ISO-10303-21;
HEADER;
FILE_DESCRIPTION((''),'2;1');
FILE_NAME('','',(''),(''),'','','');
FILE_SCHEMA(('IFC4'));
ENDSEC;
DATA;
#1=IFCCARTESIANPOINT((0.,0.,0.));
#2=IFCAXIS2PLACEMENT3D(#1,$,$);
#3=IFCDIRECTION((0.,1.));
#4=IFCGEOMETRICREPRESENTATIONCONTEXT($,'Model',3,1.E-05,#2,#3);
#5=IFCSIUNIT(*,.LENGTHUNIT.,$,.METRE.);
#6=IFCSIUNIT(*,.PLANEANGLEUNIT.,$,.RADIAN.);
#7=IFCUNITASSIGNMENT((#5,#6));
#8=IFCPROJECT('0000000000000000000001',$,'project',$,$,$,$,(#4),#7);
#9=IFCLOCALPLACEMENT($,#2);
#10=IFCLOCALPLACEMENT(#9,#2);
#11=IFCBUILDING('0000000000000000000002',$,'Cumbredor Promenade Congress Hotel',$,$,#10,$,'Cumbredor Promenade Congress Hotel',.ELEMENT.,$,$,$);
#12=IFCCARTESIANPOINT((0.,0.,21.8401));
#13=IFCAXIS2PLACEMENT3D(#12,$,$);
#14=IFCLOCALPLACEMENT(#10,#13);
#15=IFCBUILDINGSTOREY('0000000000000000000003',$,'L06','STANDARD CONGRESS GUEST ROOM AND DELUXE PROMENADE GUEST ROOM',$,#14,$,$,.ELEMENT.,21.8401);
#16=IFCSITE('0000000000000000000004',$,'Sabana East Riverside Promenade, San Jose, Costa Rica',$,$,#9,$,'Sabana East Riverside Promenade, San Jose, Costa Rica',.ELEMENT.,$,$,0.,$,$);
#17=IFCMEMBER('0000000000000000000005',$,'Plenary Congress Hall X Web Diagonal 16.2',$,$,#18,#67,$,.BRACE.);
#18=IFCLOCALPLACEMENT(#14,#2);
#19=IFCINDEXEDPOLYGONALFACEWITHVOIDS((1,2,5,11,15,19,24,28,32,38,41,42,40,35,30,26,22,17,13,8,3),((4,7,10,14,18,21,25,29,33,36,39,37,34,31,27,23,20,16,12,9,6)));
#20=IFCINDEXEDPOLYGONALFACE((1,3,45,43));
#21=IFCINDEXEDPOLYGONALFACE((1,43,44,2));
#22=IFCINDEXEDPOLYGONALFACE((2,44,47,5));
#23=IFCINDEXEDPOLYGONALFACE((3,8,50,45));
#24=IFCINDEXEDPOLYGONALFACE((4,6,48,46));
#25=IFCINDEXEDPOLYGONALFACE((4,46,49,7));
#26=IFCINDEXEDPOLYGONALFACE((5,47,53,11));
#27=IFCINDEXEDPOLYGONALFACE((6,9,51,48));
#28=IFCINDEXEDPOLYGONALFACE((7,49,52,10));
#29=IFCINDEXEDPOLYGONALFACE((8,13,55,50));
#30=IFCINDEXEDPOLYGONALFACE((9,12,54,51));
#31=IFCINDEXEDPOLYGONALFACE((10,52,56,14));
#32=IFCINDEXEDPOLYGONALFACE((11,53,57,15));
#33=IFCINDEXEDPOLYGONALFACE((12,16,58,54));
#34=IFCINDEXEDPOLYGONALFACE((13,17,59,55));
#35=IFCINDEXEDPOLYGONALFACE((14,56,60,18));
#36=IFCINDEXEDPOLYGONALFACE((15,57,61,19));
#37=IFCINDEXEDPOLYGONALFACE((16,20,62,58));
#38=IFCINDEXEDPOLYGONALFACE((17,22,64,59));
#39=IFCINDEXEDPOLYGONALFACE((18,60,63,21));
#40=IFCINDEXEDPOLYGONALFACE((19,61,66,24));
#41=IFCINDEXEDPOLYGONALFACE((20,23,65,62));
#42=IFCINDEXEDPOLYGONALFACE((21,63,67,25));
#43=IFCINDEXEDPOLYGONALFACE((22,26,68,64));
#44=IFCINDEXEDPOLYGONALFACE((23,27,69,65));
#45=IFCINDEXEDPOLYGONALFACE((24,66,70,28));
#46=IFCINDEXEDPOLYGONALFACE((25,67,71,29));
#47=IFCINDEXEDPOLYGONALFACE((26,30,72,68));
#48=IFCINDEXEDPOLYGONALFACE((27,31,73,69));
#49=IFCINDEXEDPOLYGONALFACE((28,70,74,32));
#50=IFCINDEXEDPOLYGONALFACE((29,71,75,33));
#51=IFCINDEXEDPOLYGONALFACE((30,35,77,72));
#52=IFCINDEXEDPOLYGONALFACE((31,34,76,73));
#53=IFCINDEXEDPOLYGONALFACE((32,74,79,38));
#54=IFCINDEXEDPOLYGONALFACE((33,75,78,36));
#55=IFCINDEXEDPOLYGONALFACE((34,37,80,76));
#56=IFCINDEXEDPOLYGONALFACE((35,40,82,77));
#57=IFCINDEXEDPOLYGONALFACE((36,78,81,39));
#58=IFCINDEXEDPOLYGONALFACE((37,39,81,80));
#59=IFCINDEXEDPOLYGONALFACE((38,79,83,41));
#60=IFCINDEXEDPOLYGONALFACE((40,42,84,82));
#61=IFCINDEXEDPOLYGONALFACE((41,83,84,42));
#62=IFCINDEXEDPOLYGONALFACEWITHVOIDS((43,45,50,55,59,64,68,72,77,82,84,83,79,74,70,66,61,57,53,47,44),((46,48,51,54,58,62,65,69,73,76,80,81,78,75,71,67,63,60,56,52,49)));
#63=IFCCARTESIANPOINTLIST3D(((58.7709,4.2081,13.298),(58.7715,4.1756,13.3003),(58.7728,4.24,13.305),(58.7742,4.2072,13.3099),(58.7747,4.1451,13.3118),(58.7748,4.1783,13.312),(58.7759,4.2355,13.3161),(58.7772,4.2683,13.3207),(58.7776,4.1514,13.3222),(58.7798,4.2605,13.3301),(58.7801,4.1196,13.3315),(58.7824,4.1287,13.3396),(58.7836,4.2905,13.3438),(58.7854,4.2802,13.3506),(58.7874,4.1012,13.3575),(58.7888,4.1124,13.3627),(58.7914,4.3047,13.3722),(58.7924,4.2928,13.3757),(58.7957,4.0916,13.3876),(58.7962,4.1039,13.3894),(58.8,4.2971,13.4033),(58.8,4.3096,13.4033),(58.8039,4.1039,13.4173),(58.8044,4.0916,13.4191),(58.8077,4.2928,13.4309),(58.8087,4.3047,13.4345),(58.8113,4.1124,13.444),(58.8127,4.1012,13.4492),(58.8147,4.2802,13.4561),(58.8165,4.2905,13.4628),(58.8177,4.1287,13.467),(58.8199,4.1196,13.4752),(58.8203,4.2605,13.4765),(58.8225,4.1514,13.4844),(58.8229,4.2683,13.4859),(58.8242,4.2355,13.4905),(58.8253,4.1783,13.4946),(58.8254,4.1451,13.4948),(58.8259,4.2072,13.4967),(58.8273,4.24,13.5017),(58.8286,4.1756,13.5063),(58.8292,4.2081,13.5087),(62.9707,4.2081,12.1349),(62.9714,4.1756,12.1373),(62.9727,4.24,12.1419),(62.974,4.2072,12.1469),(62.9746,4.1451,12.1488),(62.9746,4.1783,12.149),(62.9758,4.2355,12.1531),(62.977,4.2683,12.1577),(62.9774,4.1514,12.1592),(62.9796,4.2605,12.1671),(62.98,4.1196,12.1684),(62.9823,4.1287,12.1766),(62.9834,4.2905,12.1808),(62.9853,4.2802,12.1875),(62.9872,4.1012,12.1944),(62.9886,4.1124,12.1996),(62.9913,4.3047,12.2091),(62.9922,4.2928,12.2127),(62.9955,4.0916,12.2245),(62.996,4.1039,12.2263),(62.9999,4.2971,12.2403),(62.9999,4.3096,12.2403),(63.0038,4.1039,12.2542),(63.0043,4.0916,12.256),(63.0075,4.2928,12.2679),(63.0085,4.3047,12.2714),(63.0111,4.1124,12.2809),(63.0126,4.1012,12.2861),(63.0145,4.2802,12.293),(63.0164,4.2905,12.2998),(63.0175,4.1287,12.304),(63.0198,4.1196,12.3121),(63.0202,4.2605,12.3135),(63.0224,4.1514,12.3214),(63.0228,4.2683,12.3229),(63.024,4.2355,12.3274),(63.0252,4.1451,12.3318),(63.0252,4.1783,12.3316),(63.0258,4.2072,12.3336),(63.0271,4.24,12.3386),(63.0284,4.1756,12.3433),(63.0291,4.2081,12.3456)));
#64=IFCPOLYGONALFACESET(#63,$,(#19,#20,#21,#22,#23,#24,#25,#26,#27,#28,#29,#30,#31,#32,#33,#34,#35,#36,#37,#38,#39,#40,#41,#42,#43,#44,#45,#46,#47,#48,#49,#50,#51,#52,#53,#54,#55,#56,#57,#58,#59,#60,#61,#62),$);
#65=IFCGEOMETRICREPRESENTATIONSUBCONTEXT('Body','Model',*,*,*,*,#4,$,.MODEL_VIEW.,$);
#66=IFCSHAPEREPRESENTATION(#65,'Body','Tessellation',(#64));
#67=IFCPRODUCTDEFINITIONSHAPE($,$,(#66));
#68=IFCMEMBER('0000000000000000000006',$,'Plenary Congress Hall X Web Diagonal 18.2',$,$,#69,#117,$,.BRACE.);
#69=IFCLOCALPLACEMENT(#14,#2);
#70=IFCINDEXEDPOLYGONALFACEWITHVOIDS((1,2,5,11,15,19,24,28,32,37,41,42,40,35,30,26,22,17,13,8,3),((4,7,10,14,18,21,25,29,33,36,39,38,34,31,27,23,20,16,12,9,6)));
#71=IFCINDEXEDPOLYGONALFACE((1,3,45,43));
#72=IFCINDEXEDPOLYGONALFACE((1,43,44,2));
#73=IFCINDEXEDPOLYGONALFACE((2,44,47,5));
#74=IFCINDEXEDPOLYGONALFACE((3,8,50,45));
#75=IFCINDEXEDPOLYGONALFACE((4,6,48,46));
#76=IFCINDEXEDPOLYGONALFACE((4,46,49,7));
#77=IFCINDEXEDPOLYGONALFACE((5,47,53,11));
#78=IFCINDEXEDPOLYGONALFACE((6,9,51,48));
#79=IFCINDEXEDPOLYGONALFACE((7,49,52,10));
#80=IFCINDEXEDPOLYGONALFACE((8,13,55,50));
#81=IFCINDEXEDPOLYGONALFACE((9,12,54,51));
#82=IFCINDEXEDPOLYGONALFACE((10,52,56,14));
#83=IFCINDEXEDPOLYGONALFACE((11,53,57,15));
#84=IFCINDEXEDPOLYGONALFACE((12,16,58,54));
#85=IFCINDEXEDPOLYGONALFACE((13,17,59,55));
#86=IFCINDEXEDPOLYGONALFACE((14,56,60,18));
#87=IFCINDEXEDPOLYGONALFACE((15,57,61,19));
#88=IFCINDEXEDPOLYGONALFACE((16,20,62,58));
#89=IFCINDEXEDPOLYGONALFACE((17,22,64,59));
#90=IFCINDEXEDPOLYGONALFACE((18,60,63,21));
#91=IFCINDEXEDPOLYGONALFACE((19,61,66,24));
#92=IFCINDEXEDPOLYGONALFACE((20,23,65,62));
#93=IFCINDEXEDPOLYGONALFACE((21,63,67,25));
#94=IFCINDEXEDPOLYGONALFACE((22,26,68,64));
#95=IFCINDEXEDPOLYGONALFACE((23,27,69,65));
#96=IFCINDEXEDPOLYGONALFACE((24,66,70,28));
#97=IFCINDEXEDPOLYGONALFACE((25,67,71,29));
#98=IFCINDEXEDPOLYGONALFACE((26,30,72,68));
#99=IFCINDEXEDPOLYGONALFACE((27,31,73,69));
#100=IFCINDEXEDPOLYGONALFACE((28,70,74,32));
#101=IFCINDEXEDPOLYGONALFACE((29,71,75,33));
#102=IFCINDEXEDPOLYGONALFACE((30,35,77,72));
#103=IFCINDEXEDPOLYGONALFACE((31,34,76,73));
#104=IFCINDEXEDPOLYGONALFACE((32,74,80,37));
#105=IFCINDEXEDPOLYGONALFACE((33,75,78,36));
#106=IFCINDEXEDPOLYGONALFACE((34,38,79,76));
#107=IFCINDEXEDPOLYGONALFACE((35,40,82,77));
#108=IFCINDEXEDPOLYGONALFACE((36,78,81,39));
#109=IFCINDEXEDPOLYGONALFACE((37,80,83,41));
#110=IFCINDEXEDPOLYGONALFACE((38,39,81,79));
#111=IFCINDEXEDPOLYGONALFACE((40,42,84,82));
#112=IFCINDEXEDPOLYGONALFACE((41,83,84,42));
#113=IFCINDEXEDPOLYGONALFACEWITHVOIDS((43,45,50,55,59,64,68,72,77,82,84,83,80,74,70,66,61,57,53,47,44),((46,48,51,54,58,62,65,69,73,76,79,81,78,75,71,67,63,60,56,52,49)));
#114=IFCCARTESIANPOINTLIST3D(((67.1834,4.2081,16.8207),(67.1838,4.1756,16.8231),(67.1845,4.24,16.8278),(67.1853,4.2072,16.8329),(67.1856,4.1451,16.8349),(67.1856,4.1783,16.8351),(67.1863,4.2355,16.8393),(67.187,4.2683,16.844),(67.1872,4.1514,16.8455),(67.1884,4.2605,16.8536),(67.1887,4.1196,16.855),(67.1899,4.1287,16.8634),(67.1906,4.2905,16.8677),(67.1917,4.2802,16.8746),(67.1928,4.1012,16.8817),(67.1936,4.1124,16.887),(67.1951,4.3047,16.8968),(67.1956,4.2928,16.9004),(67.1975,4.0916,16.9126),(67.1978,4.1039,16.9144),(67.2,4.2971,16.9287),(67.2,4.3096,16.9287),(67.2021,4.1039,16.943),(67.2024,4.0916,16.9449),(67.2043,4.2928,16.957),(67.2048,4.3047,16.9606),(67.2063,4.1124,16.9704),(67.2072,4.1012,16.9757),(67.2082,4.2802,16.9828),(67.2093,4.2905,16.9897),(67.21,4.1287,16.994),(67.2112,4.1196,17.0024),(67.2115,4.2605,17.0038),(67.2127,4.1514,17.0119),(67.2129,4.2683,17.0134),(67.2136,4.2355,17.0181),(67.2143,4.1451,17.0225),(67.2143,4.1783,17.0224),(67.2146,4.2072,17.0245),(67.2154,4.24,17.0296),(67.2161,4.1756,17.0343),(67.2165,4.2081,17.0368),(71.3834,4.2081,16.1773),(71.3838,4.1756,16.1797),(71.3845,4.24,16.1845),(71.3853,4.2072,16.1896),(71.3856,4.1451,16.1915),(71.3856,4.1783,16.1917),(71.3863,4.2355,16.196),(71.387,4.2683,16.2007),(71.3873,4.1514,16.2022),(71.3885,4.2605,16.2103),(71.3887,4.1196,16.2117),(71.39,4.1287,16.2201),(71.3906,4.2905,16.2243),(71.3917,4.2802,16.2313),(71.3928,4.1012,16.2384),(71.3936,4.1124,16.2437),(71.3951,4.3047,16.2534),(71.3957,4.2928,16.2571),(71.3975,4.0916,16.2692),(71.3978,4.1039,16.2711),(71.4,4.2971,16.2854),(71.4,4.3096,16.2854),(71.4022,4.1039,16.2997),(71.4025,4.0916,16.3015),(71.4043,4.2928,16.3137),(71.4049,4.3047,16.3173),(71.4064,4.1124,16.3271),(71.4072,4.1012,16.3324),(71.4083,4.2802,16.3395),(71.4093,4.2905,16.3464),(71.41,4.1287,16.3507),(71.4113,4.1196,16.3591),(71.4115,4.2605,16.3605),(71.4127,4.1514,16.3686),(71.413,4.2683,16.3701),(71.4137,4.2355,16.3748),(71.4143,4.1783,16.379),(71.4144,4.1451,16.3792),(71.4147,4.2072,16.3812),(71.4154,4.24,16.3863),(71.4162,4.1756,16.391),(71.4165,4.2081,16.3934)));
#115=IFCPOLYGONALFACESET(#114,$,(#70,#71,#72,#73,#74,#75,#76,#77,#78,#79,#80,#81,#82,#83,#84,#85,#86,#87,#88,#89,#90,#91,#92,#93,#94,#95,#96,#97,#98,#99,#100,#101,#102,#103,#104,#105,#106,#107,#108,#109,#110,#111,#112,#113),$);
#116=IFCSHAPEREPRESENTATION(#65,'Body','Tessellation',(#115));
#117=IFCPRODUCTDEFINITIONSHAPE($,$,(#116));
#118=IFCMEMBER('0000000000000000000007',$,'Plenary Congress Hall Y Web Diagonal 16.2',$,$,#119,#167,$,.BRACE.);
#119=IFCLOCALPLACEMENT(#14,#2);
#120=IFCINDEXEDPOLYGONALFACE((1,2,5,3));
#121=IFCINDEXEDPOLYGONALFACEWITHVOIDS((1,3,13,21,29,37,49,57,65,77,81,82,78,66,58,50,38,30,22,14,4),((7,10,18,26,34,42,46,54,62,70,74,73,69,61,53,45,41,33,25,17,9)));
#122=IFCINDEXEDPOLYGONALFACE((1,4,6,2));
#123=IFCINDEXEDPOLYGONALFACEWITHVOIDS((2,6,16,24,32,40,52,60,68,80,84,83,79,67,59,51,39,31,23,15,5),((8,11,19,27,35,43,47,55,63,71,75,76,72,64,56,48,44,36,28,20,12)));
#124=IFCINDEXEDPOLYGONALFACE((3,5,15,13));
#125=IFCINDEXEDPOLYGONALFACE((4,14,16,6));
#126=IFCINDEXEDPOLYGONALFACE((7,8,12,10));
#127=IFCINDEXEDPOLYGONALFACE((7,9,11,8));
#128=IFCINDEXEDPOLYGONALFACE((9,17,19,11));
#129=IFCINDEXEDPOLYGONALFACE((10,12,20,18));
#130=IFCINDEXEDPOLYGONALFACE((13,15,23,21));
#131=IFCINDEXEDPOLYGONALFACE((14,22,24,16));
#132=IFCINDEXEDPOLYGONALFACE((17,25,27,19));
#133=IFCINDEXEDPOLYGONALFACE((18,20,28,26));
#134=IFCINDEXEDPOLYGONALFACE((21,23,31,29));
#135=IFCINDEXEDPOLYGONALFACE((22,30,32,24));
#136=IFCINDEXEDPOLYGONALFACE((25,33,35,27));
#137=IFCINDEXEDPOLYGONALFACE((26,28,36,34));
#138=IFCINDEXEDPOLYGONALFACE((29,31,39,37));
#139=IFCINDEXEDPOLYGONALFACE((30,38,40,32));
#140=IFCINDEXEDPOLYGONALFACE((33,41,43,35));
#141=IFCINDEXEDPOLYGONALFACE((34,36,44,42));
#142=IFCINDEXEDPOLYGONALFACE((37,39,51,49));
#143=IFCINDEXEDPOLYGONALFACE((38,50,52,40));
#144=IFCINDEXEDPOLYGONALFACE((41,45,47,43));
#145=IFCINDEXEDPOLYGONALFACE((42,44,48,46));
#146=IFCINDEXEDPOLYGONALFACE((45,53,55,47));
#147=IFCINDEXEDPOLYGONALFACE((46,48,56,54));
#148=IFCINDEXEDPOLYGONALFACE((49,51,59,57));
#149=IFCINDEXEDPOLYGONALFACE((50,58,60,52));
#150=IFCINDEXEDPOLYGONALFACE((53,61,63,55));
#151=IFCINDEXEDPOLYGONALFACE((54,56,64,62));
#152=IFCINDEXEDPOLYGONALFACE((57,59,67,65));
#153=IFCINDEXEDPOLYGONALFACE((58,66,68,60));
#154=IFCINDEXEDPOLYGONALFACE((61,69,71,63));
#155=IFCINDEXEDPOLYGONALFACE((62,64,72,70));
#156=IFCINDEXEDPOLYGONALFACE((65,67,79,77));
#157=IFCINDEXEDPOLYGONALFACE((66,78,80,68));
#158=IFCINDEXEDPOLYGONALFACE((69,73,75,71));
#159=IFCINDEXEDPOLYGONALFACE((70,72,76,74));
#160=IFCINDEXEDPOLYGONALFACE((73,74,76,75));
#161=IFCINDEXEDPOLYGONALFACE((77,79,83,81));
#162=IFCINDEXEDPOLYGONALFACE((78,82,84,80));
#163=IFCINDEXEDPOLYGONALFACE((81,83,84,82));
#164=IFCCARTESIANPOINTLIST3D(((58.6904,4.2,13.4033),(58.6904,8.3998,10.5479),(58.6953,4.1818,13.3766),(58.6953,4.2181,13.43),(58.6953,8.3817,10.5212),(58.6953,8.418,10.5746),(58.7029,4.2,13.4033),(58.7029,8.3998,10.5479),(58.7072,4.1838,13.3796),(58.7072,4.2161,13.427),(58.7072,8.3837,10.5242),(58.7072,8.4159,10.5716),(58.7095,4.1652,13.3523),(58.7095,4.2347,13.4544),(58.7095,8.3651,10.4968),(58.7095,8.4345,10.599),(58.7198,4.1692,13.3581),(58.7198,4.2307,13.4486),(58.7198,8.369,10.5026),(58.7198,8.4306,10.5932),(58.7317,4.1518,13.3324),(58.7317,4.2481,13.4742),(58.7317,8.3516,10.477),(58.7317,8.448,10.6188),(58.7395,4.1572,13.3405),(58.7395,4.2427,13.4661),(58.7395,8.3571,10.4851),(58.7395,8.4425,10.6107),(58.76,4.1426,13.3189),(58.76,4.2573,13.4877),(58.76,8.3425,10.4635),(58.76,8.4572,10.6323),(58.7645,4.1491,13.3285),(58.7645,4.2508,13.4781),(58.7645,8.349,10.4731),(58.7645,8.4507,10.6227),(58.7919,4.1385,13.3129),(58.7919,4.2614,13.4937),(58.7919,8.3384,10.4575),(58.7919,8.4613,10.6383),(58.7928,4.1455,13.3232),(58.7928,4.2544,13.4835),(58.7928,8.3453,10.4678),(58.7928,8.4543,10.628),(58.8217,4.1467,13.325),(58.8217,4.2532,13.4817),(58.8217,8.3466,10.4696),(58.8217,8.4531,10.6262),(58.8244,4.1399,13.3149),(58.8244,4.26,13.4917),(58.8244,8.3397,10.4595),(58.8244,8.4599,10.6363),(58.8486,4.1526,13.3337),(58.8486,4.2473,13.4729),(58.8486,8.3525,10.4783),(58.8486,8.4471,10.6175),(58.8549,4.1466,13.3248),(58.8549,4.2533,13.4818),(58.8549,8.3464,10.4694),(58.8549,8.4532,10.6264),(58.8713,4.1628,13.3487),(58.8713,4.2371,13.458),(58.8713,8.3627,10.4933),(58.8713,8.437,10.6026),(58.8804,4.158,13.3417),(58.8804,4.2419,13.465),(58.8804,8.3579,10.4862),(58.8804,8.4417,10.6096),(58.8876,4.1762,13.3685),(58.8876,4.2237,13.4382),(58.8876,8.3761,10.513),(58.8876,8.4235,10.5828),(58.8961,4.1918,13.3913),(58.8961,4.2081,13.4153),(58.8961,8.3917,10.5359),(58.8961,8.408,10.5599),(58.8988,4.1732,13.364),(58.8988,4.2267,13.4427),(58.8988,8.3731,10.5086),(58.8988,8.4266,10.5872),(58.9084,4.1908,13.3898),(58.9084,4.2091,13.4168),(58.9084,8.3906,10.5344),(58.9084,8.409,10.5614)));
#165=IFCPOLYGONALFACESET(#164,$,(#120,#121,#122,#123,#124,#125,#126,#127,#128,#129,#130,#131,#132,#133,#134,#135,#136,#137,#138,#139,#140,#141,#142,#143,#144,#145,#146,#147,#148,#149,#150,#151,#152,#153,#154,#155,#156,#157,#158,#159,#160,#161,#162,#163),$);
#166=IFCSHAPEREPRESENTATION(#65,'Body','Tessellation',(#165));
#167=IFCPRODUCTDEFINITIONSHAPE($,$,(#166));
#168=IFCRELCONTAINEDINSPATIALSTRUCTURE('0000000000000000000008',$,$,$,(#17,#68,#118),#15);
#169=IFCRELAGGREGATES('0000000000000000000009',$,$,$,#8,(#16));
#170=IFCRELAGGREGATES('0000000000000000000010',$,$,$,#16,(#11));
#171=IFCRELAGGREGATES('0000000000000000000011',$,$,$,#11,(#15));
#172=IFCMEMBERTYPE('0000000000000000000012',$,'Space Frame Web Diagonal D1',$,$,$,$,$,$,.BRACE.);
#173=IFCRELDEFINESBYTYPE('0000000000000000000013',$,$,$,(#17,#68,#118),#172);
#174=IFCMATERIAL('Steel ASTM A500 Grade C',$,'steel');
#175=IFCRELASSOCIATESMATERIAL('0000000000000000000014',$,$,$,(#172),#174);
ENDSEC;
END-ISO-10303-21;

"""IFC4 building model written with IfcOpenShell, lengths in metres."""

from ifc_helpers import new_model, si_unit, direction, frame, origin, origin_2d, place, context, subcontext, project, spatial, hollow_circle, extrude, material, material_profile, profile_set, type_object, element, save


model = new_model("IFC4")

# Units and contexts
model_context = context("Model", 3, precision=1e-05, world=origin(), true_north=direction((0.0, 1.0)))
body_context = subcontext(model_context, "Body", "Model", "MODEL_VIEW")
ifc_project = project(units=[si_unit("LENGTHUNIT", "METRE"), si_unit("PLANEANGLEUNIT", "RADIAN")], contexts=[model_context])

# Site, building, storey
site_placement = place(None, origin())
site = spatial("IfcSite", under=ifc_project, at=site_placement, Name="Sabana East Riverside Promenade, San Jose, Costa Rica", LongName="Sabana East Riverside Promenade, San Jose, Costa Rica", CompositionType="ELEMENT", RefElevation=0.0)
building_placement = place(site_placement, origin())
building = spatial("IfcBuilding", under=site, at=building_placement, Name="Cumbredor Promenade Congress Hotel", LongName="Cumbredor Promenade Congress Hotel", CompositionType="ELEMENT")
storey_placement = place(building_placement, frame((0.0, 0.0, 21.8401)))
storey = spatial("IfcBuildingStorey", under=building, at=storey_placement, Name="L06", Description="STANDARD CONGRESS GUEST ROOM AND DELUXE PROMENADE GUEST ROOM", CompositionType="ELEMENT", Elevation=21.8401)

# Members
ifc_material_1 = material(Name="Steel ASTM A500 Grade C", Category="steel")
ifc_material_profile_1 = material_profile(ifc_material_1, hollow_circle(Radius=0.1096, WallThickness=0.0125, at=origin_2d()), Name="CHS 219.1x12.5")
ifc_profile_set_1 = profile_set([ifc_material_profile_1], Name="Steel ASTM A500 Grade C")
member_type_1 = type_object("IfcMemberType", Name="Space Frame Web Diagonal D1", PredefinedType="BRACE", material=ifc_profile_set_1)
member_1_placement = place(storey_placement, frame((58.8, 4.2, 13.4033), z_axis=(0.963729, 0.0, -0.266884), x_axis=(0.0, 1.0, 0.0)))
element("IfcMember", 1, at=member_1_placement, inside=storey, type_object=member_type_1, Name="Plenary Congress Hall X Web Diagonal 16.2", PredefinedType="BRACE", context=body_context, shape_type="SweptSolid", body=[
    extrude(hollow_circle(Radius=0.1096, WallThickness=0.0125, at=origin_2d()), origin(), (0.0, 0.0, 1.0), 4.3579),
])
member_2_placement = place(storey_placement, frame((67.2, 4.2, 16.9287), z_axis=(0.988472, 0.0, -0.151405), x_axis=(0.0, 1.0, 0.0)))
element("IfcMember", 2, at=member_2_placement, inside=storey, type_object=member_type_1, Name="Plenary Congress Hall X Web Diagonal 18.2", PredefinedType="BRACE", context=body_context, shape_type="SweptSolid", body=[
    extrude(hollow_circle(Radius=0.1096, WallThickness=0.0125, at=origin_2d()), origin(), (0.0, 0.0, 1.0), 4.249),
])
member_3_placement = place(storey_placement, frame((58.8, 4.2, 13.4033), z_axis=(0.0, 0.826972, -0.562243), x_axis=(-1.0, 0.0, 0.0)))
element("IfcMember", 3, at=member_3_placement, inside=storey, type_object=member_type_1, Name="Plenary Congress Hall Y Web Diagonal 16.2", PredefinedType="BRACE", context=body_context, shape_type="SweptSolid", body=[
    extrude(hollow_circle(Radius=0.1096, WallThickness=0.0125, at=origin_2d()), origin(), (0.0, 0.0, 1.0), 5.0786),
])

save(model, "model.ifc")
